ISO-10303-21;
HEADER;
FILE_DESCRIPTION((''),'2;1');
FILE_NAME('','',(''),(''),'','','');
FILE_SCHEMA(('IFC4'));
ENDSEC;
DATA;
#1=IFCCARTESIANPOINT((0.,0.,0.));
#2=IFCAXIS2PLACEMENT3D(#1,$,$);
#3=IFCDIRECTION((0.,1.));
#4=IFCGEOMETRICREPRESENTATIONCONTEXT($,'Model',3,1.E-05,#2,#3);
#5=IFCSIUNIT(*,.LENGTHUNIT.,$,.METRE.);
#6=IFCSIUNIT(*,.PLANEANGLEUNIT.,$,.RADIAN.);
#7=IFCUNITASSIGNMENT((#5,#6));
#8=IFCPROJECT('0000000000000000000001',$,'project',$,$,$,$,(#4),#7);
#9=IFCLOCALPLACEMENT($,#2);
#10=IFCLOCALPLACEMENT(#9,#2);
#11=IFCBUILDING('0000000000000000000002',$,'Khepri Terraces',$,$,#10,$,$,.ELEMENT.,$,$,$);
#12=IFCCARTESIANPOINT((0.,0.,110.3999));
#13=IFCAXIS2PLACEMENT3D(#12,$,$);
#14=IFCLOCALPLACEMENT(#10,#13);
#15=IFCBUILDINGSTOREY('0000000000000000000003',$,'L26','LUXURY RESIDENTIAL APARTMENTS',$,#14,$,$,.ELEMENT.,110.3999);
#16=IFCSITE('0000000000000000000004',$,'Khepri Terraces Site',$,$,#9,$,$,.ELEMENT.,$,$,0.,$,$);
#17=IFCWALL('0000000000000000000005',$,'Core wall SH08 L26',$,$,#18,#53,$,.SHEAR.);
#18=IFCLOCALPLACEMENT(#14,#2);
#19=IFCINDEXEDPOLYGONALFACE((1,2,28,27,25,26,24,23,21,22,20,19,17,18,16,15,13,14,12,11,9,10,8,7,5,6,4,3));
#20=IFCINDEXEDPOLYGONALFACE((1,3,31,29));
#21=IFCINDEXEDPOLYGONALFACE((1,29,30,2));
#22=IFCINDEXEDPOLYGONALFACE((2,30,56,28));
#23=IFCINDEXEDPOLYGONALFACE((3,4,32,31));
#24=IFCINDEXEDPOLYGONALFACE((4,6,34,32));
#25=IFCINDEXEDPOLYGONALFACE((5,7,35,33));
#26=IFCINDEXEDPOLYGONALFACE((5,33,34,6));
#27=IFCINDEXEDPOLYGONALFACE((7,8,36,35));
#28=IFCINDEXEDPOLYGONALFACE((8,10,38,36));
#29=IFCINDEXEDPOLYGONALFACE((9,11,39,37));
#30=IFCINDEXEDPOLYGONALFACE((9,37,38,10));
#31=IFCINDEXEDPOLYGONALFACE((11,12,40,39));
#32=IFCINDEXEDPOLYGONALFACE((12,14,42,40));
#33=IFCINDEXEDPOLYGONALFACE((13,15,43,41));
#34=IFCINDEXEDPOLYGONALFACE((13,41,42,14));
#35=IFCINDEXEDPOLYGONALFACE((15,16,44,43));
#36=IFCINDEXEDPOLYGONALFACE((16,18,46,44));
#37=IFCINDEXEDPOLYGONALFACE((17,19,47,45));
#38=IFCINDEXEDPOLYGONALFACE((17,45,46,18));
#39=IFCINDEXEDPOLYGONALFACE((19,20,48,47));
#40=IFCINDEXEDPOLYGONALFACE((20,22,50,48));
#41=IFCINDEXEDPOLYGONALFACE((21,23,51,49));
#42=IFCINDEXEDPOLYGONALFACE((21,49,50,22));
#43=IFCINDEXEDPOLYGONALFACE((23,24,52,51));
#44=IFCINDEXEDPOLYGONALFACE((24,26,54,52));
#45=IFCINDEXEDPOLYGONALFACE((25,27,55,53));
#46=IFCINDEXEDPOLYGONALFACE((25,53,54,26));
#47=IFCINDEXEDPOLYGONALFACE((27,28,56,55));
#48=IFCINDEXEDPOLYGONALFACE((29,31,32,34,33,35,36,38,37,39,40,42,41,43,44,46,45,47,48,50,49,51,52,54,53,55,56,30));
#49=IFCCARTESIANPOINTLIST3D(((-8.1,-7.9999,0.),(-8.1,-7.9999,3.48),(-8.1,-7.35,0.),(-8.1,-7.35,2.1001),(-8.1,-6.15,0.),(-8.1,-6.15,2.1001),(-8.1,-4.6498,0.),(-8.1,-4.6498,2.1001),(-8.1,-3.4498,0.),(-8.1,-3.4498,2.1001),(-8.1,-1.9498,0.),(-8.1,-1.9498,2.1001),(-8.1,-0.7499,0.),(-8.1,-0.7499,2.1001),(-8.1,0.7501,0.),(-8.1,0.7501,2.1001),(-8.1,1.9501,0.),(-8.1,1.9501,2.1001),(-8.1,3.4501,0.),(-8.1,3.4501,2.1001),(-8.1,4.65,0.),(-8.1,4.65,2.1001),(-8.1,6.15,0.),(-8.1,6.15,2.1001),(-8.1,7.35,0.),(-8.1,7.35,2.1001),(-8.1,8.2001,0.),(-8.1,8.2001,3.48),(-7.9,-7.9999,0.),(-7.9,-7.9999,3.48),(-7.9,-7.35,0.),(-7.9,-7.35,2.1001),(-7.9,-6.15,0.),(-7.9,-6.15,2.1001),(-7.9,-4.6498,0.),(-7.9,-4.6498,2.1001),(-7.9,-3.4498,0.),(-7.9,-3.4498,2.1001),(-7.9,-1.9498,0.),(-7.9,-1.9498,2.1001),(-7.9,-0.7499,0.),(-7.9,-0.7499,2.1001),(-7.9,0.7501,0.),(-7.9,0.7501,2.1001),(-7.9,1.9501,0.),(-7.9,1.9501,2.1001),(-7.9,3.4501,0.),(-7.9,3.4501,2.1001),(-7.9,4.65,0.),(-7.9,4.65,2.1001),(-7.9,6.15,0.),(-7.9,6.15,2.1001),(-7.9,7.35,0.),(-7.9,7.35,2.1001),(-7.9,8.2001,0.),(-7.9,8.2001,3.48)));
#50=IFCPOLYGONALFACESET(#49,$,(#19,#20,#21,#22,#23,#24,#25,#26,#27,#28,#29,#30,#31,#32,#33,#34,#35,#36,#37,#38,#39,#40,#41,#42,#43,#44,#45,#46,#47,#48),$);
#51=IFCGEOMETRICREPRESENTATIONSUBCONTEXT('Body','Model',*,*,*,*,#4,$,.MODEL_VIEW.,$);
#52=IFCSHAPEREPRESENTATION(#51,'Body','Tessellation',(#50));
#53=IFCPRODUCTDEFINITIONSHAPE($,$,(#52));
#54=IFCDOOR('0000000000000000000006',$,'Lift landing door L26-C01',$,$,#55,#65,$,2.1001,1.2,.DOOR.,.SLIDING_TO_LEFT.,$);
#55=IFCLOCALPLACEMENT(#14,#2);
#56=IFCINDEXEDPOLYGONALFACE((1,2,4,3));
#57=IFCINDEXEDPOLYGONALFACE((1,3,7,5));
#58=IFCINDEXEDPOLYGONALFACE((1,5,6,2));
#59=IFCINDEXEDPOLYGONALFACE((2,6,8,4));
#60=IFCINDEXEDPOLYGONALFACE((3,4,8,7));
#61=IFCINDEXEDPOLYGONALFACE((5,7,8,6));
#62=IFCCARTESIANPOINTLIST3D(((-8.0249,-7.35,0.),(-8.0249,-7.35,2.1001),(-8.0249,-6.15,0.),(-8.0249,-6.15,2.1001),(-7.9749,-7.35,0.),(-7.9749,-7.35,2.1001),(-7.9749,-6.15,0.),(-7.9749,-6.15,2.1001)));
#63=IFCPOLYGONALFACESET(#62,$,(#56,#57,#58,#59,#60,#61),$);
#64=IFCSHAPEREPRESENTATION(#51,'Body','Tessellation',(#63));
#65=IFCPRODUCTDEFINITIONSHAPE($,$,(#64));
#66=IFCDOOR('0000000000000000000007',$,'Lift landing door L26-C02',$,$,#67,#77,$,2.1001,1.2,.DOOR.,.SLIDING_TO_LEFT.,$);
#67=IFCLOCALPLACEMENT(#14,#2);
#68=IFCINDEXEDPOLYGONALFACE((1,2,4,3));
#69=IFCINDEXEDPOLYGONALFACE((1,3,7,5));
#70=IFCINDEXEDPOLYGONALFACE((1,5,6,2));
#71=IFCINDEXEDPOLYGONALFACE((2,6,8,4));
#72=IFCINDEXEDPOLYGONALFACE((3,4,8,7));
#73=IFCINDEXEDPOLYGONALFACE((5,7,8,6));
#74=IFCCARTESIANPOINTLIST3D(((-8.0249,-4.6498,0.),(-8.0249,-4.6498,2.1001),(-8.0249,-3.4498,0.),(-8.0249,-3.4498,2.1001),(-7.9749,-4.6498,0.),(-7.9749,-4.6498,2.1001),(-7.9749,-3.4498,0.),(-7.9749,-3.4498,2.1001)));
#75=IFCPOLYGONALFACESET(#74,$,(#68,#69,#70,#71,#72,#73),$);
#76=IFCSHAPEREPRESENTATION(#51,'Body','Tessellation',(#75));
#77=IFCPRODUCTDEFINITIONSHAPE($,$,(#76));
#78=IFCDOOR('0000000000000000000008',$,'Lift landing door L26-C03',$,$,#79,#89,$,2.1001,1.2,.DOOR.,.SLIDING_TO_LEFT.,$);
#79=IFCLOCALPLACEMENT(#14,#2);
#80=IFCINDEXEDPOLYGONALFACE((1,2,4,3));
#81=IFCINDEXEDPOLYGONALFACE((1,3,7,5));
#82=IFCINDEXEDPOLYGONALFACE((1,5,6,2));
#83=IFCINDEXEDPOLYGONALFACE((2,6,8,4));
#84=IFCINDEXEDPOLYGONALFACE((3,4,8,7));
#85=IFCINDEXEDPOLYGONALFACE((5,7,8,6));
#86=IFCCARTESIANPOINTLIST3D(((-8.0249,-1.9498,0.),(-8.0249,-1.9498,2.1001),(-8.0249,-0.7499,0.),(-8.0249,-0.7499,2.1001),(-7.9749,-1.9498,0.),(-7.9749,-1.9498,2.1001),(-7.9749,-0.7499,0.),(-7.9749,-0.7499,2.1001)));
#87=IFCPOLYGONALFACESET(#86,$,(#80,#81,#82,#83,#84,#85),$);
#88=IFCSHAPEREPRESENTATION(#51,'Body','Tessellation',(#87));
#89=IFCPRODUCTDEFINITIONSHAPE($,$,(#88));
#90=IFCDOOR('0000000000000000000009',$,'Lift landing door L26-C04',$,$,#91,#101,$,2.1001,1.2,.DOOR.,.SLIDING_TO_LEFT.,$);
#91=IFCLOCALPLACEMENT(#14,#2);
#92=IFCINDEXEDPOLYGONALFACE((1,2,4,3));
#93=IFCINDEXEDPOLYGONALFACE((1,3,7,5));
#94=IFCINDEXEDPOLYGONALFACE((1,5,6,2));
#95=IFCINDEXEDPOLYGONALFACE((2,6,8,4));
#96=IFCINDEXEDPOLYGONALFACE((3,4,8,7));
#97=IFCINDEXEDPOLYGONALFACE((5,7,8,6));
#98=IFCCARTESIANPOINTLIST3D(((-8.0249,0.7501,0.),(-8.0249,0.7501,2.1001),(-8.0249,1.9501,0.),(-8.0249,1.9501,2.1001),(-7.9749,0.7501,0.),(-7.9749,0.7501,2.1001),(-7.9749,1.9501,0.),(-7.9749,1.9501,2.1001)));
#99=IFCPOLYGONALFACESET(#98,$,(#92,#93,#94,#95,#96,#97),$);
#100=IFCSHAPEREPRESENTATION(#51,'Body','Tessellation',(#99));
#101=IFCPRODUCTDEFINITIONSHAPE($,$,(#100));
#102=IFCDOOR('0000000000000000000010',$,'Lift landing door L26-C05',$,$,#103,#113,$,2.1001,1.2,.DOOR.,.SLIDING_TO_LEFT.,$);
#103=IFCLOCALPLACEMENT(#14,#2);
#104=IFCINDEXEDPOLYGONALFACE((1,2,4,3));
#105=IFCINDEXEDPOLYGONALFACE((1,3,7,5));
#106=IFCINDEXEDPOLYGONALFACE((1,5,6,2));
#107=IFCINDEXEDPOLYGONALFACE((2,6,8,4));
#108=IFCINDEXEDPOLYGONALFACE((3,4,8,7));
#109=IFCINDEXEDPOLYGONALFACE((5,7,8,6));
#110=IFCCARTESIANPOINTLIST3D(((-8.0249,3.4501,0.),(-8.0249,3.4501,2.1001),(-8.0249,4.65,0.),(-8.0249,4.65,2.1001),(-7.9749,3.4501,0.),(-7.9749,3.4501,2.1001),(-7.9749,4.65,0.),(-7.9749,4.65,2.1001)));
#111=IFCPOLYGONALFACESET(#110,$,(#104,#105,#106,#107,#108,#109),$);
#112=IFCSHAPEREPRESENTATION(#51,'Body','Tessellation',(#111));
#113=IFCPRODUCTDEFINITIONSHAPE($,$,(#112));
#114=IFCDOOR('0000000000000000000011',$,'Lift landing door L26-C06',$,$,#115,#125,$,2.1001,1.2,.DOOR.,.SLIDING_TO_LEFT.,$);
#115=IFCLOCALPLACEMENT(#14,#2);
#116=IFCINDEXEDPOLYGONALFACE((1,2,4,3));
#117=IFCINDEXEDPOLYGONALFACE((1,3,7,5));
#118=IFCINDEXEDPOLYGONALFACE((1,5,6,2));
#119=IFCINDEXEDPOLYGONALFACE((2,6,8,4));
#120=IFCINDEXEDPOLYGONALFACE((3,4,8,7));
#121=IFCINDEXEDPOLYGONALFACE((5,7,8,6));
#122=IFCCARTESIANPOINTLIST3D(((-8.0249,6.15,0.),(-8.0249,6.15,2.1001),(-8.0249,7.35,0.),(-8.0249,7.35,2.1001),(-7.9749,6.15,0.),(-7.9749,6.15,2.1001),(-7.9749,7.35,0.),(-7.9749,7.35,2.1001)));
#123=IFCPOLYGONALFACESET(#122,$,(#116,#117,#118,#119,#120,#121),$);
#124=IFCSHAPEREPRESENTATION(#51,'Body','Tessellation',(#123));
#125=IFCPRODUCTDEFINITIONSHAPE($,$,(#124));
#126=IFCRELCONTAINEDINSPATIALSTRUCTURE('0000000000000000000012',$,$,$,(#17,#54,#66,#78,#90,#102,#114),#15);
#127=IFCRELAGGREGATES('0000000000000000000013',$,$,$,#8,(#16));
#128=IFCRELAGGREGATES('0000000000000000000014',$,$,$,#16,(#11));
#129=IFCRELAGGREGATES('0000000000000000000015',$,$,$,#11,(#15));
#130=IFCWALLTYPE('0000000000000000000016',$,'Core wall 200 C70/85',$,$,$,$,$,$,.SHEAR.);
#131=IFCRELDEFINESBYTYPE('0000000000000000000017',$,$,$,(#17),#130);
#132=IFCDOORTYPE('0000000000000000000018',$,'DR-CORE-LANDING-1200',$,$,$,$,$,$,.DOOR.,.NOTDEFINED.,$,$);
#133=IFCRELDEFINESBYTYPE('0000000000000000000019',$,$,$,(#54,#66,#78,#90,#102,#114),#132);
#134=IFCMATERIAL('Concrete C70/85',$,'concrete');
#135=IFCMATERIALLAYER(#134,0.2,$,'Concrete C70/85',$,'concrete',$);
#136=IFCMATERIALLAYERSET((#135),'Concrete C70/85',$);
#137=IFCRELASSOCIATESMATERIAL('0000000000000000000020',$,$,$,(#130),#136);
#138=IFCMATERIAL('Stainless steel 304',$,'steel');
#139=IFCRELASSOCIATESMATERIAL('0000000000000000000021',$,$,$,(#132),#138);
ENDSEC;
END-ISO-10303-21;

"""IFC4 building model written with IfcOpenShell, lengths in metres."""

from ifc_helpers import new_model, si_unit, direction, frame, frame_2d, origin, place, context, subcontext, project, spatial, rectangle, extrude, material, layer, layer_set, type_object, element, fill, save


model = new_model("IFC4")

# Units and contexts
model_context = context("Model", 3, precision=1e-05, world=origin(), true_north=direction((0.0, 1.0)))
body_context = subcontext(model_context, "Body", "Model", "MODEL_VIEW")
ifc_project = project(units=[si_unit("LENGTHUNIT", "METRE"), si_unit("PLANEANGLEUNIT", "RADIAN")], contexts=[model_context])

# Site, building, storey
site_placement = place(None, origin())
site = spatial("IfcSite", under=ifc_project, at=site_placement, Name="Khepri Terraces Site", CompositionType="ELEMENT", RefElevation=0.0)
building_placement = place(site_placement, origin())
building = spatial("IfcBuilding", under=site, at=building_placement, Name="Khepri Terraces", CompositionType="ELEMENT")
storey_placement = place(building_placement, frame((0.0, 0.0, 110.3999)))
storey = spatial("IfcBuildingStorey", under=building, at=storey_placement, Name="L26", Description="LUXURY RESIDENTIAL APARTMENTS", CompositionType="ELEMENT", Elevation=110.3999)

# Shared definitions
ifc_material_1 = material(Name="Concrete C70/85", Category="concrete")
ifc_layer_1 = layer(ifc_material_1, 0.2, Name="Concrete C70/85", Category="concrete")
ifc_layer_set_1 = layer_set([ifc_layer_1], Name="Concrete C70/85")
wall_type_1 = type_object("IfcWallType", Name="Core wall 200 C70/85", PredefinedType="SHEAR", material=ifc_layer_set_1)

# Wall, openings, doors
wall_1_placement = place(storey_placement, frame((-8.0, -8.0, 0.0), z_axis=(0.0, 0.0, 1.0), x_axis=(0.0, 1.0, 0.0)))
wall_1 = element("IfcWall", 1, at=wall_1_placement, inside=storey, type_object=wall_type_1, Name="Core wall SH08 L26", PredefinedType="SHEAR", context=body_context, shape_type="SweptSolid", body=[
    extrude(rectangle(XDim=16.2, YDim=0.2, at=frame_2d((8.1001, 0.0))), origin(), (0.0, 0.0, 1.0), 3.48),
])
opening_1_placement = place(wall_1_placement, frame((0.6499, 0.0, 0.0)))
opening_1 = element("IfcOpeningElement", 2, at=opening_1_placement, cuts=wall_1, PredefinedType="OPENING", context=body_context, shape_type="SweptSolid", body=[
    extrude(rectangle(XDim=1.2, YDim=2.1001, at=frame_2d((0.6001, 1.05))), frame((0.0, 0.1099, 0.0), z_axis=(0.0, -1.0, 0.0), x_axis=(1.0, 0.0, 0.0)), (0.0, 0.0, 1.0), 0.22),
])
opening_2_placement = place(wall_1_placement, frame((3.3501, 0.0, 0.0)))
opening_2 = element("IfcOpeningElement", 3, at=opening_2_placement, cuts=wall_1, PredefinedType="OPENING", context=body_context, shape_type="SweptSolid", body=[
    extrude(rectangle(XDim=1.2, YDim=2.1001, at=frame_2d((0.6001, 1.05))), frame((0.0, 0.1099, 0.0), z_axis=(0.0, -1.0, 0.0), x_axis=(1.0, 0.0, 0.0)), (0.0, 0.0, 1.0), 0.22),
])
opening_3_placement = place(wall_1_placement, frame((6.05, 0.0, 0.0)))
opening_3 = element("IfcOpeningElement", 4, at=opening_3_placement, cuts=wall_1, PredefinedType="OPENING", context=body_context, shape_type="SweptSolid", body=[
    extrude(rectangle(XDim=1.2, YDim=2.1001, at=frame_2d((0.6001, 1.05))), frame((0.0, 0.1099, 0.0), z_axis=(0.0, -1.0, 0.0), x_axis=(1.0, 0.0, 0.0)), (0.0, 0.0, 1.0), 0.22),
])
opening_4_placement = place(wall_1_placement, frame((8.75, 0.0, 0.0)))
opening_4 = element("IfcOpeningElement", 5, at=opening_4_placement, cuts=wall_1, PredefinedType="OPENING", context=body_context, shape_type="SweptSolid", body=[
    extrude(rectangle(XDim=1.2, YDim=2.1001, at=frame_2d((0.6001, 1.05))), frame((0.0, 0.1099, 0.0), z_axis=(0.0, -1.0, 0.0), x_axis=(1.0, 0.0, 0.0)), (0.0, 0.0, 1.0), 0.22),
])
opening_5_placement = place(wall_1_placement, frame((11.45, 0.0, 0.0)))
opening_5 = element("IfcOpeningElement", 6, at=opening_5_placement, cuts=wall_1, PredefinedType="OPENING", context=body_context, shape_type="SweptSolid", body=[
    extrude(rectangle(XDim=1.2, YDim=2.1001, at=frame_2d((0.6001, 1.05))), frame((0.0, 0.1099, 0.0), z_axis=(0.0, -1.0, 0.0), x_axis=(1.0, 0.0, 0.0)), (0.0, 0.0, 1.0), 0.22),
])
opening_6_placement = place(wall_1_placement, frame((14.1499, 0.0, 0.0)))
opening_6 = element("IfcOpeningElement", 7, at=opening_6_placement, cuts=wall_1, PredefinedType="OPENING", context=body_context, shape_type="SweptSolid", body=[
    extrude(rectangle(XDim=1.2, YDim=2.1001, at=frame_2d((0.6001, 1.05))), frame((0.0, 0.1099, 0.0), z_axis=(0.0, -1.0, 0.0), x_axis=(1.0, 0.0, 0.0)), (0.0, 0.0, 1.0), 0.22),
])
ifc_material_2 = material(Name="Stainless steel 304", Category="steel")
door_type_1 = type_object("IfcDoorType", Name="DR-CORE-LANDING-1200", OperationType="NOTDEFINED", PredefinedType="DOOR", material=ifc_material_2)
door_1_placement = place(opening_1_placement, origin())
door_1 = element("IfcDoor", 8, at=door_1_placement, inside=storey, type_object=door_type_1, Name="Lift landing door L26-C01", OperationType="SLIDING_TO_LEFT", OverallHeight=2.1001, OverallWidth=1.2, PredefinedType="DOOR", context=body_context, shape_type="SweptSolid", body=[
    extrude(rectangle(XDim=1.2, YDim=2.1001, at=frame_2d((0.6001, 1.05))), frame((0.0, 0.0249, 0.0), z_axis=(0.0, -1.0, 0.0), x_axis=(1.0, 0.0, 0.0)), (0.0, 0.0, 1.0), 0.05),
])
fill(opening_1, door_1)
door_2_placement = place(opening_2_placement, origin())
door_2 = element("IfcDoor", 9, at=door_2_placement, inside=storey, type_object=door_type_1, Name="Lift landing door L26-C02", OperationType="SLIDING_TO_LEFT", OverallHeight=2.1001, OverallWidth=1.2, PredefinedType="DOOR", context=body_context, shape_type="SweptSolid", body=[
    extrude(rectangle(XDim=1.2, YDim=2.1001, at=frame_2d((0.6001, 1.05))), frame((0.0, 0.0249, 0.0), z_axis=(0.0, -1.0, 0.0), x_axis=(1.0, 0.0, 0.0)), (0.0, 0.0, 1.0), 0.05),
])
fill(opening_2, door_2)
door_3_placement = place(opening_3_placement, origin())
door_3 = element("IfcDoor", 10, at=door_3_placement, inside=storey, type_object=door_type_1, Name="Lift landing door L26-C03", OperationType="SLIDING_TO_LEFT", OverallHeight=2.1001, OverallWidth=1.2, PredefinedType="DOOR", context=body_context, shape_type="SweptSolid", body=[
    extrude(rectangle(XDim=1.2, YDim=2.1001, at=frame_2d((0.6001, 1.05))), frame((0.0, 0.0249, 0.0), z_axis=(0.0, -1.0, 0.0), x_axis=(1.0, 0.0, 0.0)), (0.0, 0.0, 1.0), 0.05),
])
fill(opening_3, door_3)
door_4_placement = place(opening_4_placement, origin())
door_4 = element("IfcDoor", 11, at=door_4_placement, inside=storey, type_object=door_type_1, Name="Lift landing door L26-C04", OperationType="SLIDING_TO_LEFT", OverallHeight=2.1001, OverallWidth=1.2, PredefinedType="DOOR", context=body_context, shape_type="SweptSolid", body=[
    extrude(rectangle(XDim=1.2, YDim=2.1001, at=frame_2d((0.6001, 1.05))), frame((0.0, 0.0249, 0.0), z_axis=(0.0, -1.0, 0.0), x_axis=(1.0, 0.0, 0.0)), (0.0, 0.0, 1.0), 0.05),
])
fill(opening_4, door_4)
door_5_placement = place(opening_5_placement, origin())
door_5 = element("IfcDoor", 12, at=door_5_placement, inside=storey, type_object=door_type_1, Name="Lift landing door L26-C05", OperationType="SLIDING_TO_LEFT", OverallHeight=2.1001, OverallWidth=1.2, PredefinedType="DOOR", context=body_context, shape_type="SweptSolid", body=[
    extrude(rectangle(XDim=1.2, YDim=2.1001, at=frame_2d((0.6001, 1.05))), frame((0.0, 0.0249, 0.0), z_axis=(0.0, -1.0, 0.0), x_axis=(1.0, 0.0, 0.0)), (0.0, 0.0, 1.0), 0.05),
])
fill(opening_5, door_5)
door_6_placement = place(opening_6_placement, origin())
door_6 = element("IfcDoor", 13, at=door_6_placement, inside=storey, type_object=door_type_1, Name="Lift landing door L26-C06", OperationType="SLIDING_TO_LEFT", OverallHeight=2.1001, OverallWidth=1.2, PredefinedType="DOOR", context=body_context, shape_type="SweptSolid", body=[
    extrude(rectangle(XDim=1.2, YDim=2.1001, at=frame_2d((0.6001, 1.05))), frame((0.0, 0.0249, 0.0), z_axis=(0.0, -1.0, 0.0), x_axis=(1.0, 0.0, 0.0)), (0.0, 0.0, 1.0), 0.05),
])
fill(opening_6, door_6)

save(model, "model.ifc")
